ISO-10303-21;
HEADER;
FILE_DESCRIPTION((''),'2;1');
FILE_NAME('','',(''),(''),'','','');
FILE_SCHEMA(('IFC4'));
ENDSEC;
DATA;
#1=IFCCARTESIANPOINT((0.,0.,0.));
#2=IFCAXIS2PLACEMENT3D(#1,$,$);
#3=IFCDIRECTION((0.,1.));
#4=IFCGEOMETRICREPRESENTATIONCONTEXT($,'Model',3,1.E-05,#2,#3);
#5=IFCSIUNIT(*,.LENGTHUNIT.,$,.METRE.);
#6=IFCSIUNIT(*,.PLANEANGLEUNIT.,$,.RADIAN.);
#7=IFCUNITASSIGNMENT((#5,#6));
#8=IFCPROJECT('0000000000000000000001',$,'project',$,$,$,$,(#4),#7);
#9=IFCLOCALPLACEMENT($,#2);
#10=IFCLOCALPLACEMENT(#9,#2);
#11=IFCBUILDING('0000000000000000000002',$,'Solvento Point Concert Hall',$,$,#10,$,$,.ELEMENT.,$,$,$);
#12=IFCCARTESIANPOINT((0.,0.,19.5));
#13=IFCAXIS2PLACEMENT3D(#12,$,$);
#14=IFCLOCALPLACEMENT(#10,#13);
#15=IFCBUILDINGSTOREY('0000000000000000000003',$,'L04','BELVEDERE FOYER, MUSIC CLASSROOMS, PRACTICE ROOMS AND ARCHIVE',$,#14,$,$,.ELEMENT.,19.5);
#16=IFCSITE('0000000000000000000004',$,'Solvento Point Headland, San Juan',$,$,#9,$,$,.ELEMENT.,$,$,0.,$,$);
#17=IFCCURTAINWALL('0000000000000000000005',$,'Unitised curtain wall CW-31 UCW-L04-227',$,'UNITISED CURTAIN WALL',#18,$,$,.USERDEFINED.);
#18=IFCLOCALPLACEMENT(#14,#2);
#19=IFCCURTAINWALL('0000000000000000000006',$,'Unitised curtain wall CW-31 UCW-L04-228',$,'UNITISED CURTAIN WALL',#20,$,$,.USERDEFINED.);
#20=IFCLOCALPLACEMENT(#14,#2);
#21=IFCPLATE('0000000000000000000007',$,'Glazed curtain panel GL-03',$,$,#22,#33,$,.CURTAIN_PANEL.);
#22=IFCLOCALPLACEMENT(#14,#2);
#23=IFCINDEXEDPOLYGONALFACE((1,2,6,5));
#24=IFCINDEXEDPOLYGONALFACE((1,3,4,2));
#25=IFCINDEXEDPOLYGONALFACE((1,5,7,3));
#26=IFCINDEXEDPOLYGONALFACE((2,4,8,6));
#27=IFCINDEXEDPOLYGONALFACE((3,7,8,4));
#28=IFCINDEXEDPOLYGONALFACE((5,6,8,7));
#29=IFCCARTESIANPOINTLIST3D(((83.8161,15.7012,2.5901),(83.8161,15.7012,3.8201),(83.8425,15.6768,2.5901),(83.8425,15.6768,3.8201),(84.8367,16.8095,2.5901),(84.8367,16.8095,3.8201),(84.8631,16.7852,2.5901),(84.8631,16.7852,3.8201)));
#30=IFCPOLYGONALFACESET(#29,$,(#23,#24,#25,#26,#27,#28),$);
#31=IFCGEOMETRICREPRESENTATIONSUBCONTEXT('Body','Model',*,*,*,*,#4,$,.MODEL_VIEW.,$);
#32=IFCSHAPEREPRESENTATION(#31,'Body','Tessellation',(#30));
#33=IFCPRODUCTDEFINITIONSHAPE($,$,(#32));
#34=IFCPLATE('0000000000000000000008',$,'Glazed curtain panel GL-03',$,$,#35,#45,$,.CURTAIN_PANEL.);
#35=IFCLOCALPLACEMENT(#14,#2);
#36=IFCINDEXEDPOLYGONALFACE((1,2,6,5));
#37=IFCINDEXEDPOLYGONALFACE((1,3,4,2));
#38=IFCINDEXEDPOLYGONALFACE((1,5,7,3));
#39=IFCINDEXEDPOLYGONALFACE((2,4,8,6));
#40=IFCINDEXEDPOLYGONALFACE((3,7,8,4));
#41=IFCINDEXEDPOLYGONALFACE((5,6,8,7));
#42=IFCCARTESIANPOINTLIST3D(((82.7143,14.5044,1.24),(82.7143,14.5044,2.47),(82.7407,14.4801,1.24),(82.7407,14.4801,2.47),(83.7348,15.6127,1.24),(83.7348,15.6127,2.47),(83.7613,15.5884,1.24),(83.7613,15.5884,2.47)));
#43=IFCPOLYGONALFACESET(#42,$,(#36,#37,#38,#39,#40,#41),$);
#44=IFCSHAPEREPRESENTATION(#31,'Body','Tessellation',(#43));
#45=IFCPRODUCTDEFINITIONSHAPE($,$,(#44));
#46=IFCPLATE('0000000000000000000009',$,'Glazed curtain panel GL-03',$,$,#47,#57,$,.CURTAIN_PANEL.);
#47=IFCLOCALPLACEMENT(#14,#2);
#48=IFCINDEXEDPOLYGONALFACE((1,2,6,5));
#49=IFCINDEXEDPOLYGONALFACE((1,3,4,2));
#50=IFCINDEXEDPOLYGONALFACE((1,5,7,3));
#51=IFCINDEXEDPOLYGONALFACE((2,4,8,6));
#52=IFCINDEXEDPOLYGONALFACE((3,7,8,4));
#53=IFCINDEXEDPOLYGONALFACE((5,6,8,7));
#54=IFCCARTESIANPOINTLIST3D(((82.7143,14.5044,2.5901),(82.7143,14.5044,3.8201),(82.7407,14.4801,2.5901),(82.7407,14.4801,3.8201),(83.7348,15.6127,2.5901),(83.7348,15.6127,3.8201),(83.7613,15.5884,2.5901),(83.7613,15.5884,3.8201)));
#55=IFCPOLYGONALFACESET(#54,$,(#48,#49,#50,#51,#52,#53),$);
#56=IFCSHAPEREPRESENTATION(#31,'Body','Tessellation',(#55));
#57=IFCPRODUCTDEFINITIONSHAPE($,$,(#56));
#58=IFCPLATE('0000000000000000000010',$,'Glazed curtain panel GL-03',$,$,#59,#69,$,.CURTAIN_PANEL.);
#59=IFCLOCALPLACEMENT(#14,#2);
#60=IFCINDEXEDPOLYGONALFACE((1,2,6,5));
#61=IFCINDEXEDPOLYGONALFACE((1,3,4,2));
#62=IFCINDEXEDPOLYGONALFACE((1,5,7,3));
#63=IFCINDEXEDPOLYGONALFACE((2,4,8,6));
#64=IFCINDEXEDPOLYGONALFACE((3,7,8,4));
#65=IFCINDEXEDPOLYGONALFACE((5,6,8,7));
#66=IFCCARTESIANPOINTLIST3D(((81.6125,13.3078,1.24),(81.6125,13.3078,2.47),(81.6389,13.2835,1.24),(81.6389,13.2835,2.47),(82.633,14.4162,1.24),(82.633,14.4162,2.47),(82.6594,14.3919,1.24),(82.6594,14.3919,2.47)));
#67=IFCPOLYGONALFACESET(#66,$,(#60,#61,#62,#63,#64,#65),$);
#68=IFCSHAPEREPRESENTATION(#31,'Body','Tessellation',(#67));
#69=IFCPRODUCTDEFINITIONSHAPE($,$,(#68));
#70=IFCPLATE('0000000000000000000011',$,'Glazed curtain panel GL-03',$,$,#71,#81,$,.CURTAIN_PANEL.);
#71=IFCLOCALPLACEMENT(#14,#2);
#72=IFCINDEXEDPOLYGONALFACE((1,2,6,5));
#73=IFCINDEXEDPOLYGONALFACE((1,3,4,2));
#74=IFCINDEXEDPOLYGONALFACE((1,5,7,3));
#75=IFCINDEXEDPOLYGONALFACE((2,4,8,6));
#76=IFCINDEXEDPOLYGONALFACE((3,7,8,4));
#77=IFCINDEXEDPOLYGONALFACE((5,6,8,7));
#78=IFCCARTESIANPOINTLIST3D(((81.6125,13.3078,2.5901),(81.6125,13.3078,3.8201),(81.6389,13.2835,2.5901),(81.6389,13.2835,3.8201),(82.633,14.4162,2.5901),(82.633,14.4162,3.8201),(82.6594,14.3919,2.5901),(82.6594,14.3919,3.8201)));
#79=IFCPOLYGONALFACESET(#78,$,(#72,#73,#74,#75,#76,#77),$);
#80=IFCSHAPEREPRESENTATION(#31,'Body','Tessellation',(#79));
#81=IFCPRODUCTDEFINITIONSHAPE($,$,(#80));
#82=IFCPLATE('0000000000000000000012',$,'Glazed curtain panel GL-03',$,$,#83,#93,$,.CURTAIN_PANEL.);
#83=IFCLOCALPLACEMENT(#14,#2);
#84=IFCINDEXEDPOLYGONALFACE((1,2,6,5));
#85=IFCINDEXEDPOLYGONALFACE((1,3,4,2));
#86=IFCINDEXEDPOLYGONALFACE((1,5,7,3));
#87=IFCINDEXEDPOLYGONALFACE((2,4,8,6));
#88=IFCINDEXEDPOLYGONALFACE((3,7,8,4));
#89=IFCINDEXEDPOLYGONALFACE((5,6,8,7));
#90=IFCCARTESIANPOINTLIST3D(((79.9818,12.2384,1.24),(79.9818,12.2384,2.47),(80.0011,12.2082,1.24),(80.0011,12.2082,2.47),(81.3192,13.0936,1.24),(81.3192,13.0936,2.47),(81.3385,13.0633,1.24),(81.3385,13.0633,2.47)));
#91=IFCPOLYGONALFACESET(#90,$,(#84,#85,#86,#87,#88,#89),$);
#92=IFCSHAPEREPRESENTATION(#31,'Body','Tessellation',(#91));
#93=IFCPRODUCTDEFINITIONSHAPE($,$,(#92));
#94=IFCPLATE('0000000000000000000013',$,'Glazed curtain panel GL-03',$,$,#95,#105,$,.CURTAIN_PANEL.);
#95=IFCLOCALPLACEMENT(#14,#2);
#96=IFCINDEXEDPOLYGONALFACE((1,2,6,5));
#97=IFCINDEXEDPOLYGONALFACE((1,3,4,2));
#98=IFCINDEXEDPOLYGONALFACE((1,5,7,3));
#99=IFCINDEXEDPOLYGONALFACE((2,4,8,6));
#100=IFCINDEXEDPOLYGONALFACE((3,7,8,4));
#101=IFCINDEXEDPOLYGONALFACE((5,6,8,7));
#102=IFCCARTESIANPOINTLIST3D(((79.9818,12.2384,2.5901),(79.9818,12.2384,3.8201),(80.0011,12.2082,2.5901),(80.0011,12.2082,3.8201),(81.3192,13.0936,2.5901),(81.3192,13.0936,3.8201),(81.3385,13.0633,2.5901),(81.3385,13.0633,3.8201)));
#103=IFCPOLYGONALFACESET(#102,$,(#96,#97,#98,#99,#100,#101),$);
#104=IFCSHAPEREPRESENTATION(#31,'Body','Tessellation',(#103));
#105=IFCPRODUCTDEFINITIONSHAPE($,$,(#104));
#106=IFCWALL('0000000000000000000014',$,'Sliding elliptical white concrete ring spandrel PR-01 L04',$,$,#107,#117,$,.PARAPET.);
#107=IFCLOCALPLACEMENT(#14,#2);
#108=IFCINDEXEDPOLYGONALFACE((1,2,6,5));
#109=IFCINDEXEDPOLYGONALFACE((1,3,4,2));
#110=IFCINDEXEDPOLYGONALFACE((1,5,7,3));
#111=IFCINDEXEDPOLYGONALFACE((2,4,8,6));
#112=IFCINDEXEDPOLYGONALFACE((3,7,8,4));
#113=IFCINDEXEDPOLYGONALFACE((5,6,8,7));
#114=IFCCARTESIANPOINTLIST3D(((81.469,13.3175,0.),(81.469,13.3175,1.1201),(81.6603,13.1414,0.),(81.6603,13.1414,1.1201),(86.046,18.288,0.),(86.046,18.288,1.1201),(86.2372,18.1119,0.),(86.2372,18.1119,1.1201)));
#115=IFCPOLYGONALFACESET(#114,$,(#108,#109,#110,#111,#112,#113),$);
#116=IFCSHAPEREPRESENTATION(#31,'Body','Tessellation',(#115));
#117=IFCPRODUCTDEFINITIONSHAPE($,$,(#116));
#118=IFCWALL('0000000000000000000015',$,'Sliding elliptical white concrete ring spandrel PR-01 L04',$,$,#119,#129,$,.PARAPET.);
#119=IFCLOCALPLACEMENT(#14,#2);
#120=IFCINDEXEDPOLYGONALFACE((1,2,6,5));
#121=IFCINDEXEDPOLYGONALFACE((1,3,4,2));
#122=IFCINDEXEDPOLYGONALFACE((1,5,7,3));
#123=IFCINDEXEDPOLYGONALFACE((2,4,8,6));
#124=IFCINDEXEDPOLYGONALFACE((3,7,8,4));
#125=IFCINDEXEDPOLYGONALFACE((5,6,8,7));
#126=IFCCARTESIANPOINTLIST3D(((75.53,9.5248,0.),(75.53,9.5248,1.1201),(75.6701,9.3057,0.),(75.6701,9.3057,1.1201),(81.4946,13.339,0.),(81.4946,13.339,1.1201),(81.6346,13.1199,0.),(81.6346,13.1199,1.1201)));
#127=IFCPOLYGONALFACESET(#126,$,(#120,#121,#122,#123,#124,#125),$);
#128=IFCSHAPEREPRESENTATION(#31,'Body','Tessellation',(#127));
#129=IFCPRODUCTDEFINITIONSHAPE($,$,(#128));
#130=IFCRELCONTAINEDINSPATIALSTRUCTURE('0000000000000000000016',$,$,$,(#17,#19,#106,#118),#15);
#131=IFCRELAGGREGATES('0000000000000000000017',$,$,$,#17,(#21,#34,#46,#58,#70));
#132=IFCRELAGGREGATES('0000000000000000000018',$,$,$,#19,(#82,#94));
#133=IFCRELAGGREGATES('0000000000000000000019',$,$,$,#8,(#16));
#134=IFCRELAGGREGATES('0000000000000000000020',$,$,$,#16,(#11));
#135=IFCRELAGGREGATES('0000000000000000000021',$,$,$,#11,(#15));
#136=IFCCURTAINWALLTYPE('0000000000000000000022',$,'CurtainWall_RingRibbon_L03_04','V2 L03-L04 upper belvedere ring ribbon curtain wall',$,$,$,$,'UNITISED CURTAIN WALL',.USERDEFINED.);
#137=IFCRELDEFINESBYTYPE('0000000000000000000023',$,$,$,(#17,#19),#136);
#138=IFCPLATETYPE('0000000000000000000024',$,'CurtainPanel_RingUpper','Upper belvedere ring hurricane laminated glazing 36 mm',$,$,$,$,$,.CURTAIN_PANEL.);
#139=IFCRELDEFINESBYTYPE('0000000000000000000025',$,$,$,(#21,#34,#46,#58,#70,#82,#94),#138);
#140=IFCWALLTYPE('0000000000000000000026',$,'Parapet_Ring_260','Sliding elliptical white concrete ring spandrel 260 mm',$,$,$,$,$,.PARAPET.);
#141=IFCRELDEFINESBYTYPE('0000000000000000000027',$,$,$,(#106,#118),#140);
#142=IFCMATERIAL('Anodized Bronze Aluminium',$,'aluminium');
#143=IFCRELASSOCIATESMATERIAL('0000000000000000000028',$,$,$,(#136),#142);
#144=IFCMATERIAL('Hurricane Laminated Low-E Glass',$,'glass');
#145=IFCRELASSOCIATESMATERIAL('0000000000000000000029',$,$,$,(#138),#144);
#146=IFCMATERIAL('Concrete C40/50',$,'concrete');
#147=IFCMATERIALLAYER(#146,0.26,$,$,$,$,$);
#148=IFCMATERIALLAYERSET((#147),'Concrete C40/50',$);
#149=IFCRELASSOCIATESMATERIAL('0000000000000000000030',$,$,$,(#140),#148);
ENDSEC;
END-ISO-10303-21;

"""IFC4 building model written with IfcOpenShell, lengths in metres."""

from ifc_helpers import new_model, si_unit, direction, frame, frame_2d, origin, origin_2d, place, context, subcontext, project, spatial, rectangle, extrude, material, layer, layer_set, type_object, element, aggregate, save


model = new_model("IFC4")

# Units and contexts
model_context = context("Model", 3, precision=1e-05, world=origin(), true_north=direction((0.0, 1.0)))
body_context = subcontext(model_context, "Body", "Model", "MODEL_VIEW")
ifc_project = project(units=[si_unit("LENGTHUNIT", "METRE"), si_unit("PLANEANGLEUNIT", "RADIAN")], contexts=[model_context])

# Site, building, storey
site_placement = place(None, origin())
site = spatial("IfcSite", under=ifc_project, at=site_placement, Name="Solvento Point Headland, San Juan", CompositionType="ELEMENT", RefElevation=0.0)
building_placement = place(site_placement, origin())
building = spatial("IfcBuilding", under=site, at=building_placement, Name="Solvento Point Concert Hall", CompositionType="ELEMENT")
storey_placement = place(building_placement, frame((0.0, 0.0, 19.5)))
storey = spatial("IfcBuildingStorey", under=building, at=storey_placement, Name="L04", Description="BELVEDERE FOYER, MUSIC CLASSROOMS, PRACTICE ROOMS AND ARCHIVE", CompositionType="ELEMENT", Elevation=19.5)

# Curtain walls
ifc_material_1 = material(Name="Anodized Bronze Aluminium", Category="aluminium")
curtain_wall_type = type_object("IfcCurtainWallType", Name="CurtainWall_RingRibbon_L03_04", Description="V2 L03-L04 upper belvedere ring ribbon curtain wall", ElementType="UNITISED CURTAIN WALL", PredefinedType="USERDEFINED", material=ifc_material_1)
curtain_wall_1_placement = place(storey_placement, origin())
curtain_wall_1 = element("IfcCurtainWall", 1, at=curtain_wall_1_placement, inside=storey, type_object=curtain_wall_type, Name="Unitised curtain wall CW-31 UCW-L04-227", ObjectType="UNITISED CURTAIN WALL", PredefinedType="USERDEFINED")
curtain_wall_2_placement = place(storey_placement, origin())
curtain_wall_2 = element("IfcCurtainWall", 2, at=curtain_wall_2_placement, inside=storey, type_object=curtain_wall_type, Name="Unitised curtain wall CW-31 UCW-L04-228", ObjectType="UNITISED CURTAIN WALL", PredefinedType="USERDEFINED")

# Plates
ifc_material_2 = material(Name="Hurricane Laminated Low-E Glass", Category="glass")
plate_type = type_object("IfcPlateType", Name="CurtainPanel_RingUpper", Description="Upper belvedere ring hurricane laminated glazing 36 mm", PredefinedType="CURTAIN_PANEL", material=ifc_material_2)
plate_1_placement = place(storey_placement, frame((84.3396, 16.2432, 2.5901), z_axis=(0.0, 0.0, 1.0), x_axis=(-0.677365, -0.735647, 0.0)))
plate_1 = element("IfcPlate", 3, at=plate_1_placement, type_object=plate_type, Name="Glazed curtain panel GL-03", PredefinedType="CURTAIN_PANEL", context=body_context, shape_type="SweptSolid", body=[
    extrude(rectangle(XDim=1.5066, YDim=0.0359, at=origin_2d()), origin(), (0.0, 0.0, 1.0), 1.23),
])
plate_2_placement = place(storey_placement, frame((83.2378, 15.0464, 1.24), z_axis=(0.0, 0.0, 1.0), x_axis=(-0.677365, -0.735647, 0.0)))
plate_2 = element("IfcPlate", 4, at=plate_2_placement, type_object=plate_type, Name="Glazed curtain panel GL-03", PredefinedType="CURTAIN_PANEL", context=body_context, shape_type="SweptSolid", body=[
    extrude(rectangle(XDim=1.5066, YDim=0.0359, at=origin_2d()), origin(), (0.0, 0.0, 1.0), 1.23),
])
plate_3_placement = place(storey_placement, frame((83.2378, 15.0464, 2.5901), z_axis=(0.0, 0.0, 1.0), x_axis=(-0.677365, -0.735647, 0.0)))
plate_3 = element("IfcPlate", 5, at=plate_3_placement, type_object=plate_type, Name="Glazed curtain panel GL-03", PredefinedType="CURTAIN_PANEL", context=body_context, shape_type="SweptSolid", body=[
    extrude(rectangle(XDim=1.5066, YDim=0.0359, at=origin_2d()), origin(), (0.0, 0.0, 1.0), 1.23),
])
plate_4_placement = place(storey_placement, frame((82.136, 13.8499, 1.24), z_axis=(0.0, 0.0, 1.0), x_axis=(-0.677365, -0.735647, 0.0)))
plate_4 = element("IfcPlate", 6, at=plate_4_placement, type_object=plate_type, Name="Glazed curtain panel GL-03", PredefinedType="CURTAIN_PANEL", context=body_context, shape_type="SweptSolid", body=[
    extrude(rectangle(XDim=1.5066, YDim=0.0359, at=origin_2d()), origin(), (0.0, 0.0, 1.0), 1.23),
])
plate_5_placement = place(storey_placement, frame((82.136, 13.8499, 2.5901), z_axis=(0.0, 0.0, 1.0), x_axis=(-0.677365, -0.735647, 0.0)))
plate_5 = element("IfcPlate", 7, at=plate_5_placement, type_object=plate_type, Name="Glazed curtain panel GL-03", PredefinedType="CURTAIN_PANEL", context=body_context, shape_type="SweptSolid", body=[
    extrude(rectangle(XDim=1.5066, YDim=0.0359, at=origin_2d()), origin(), (0.0, 0.0, 1.0), 1.23),
])
aggregate(curtain_wall_1, [plate_1, plate_2, plate_3, plate_4, plate_5])
plate_6_placement = place(storey_placement, frame((80.6602, 12.6509, 1.24), z_axis=(0.0, 0.0, 1.0), x_axis=(-0.84249, -0.538712, 0.0)))
plate_6 = element("IfcPlate", 8, at=plate_6_placement, type_object=plate_type, Name="Glazed curtain panel GL-03", PredefinedType="CURTAIN_PANEL", context=body_context, shape_type="SweptSolid", body=[
    extrude(rectangle(XDim=1.5874, YDim=0.0359, at=origin_2d()), origin(), (0.0, 0.0, 1.0), 1.23),
])
plate_7_placement = place(storey_placement, frame((80.6602, 12.6509, 2.5901), z_axis=(0.0, 0.0, 1.0), x_axis=(-0.84249, -0.538712, 0.0)))
plate_7 = element("IfcPlate", 9, at=plate_7_placement, type_object=plate_type, Name="Glazed curtain panel GL-03", PredefinedType="CURTAIN_PANEL", context=body_context, shape_type="SweptSolid", body=[
    extrude(rectangle(XDim=1.5874, YDim=0.0359, at=origin_2d()), origin(), (0.0, 0.0, 1.0), 1.23),
])
aggregate(curtain_wall_2, [plate_6, plate_7])

# Walls
ifc_material_3 = material(Name="Concrete C40/50", Category="concrete")
ifc_layer = layer(ifc_material_3, 0.26)
ifc_layer_set = layer_set([ifc_layer], Name="Concrete C40/50")
wall_type = type_object("IfcWallType", Name="Parapet_Ring_260", Description="Sliding elliptical white concrete ring spandrel 260 mm", PredefinedType="PARAPET", material=ifc_layer_set)
wall_1_placement = place(storey_placement, frame((86.1416, 18.2, 0.0), z_axis=(0.0, 0.0, 1.0), x_axis=(-0.677384, -0.73563, 0.0)))
element("IfcWall", 10, at=wall_1_placement, inside=storey, type_object=wall_type, Name="Sliding elliptical white concrete ring spandrel PR-01 L04", PredefinedType="PARAPET", context=body_context, shape_type="SweptSolid", body=[
    extrude(rectangle(XDim=6.7568, YDim=0.26, at=frame_2d((3.3784, 0.0))), origin(), (0.0, 0.0, 1.0), 1.1201),
])
wall_2_placement = place(storey_placement, frame((81.5647, 13.2295, 0.0), z_axis=(0.0, 0.0, 1.0), x_axis=(-0.842472, -0.53874, 0.0)))
element("IfcWall", 11, at=wall_2_placement, inside=storey, type_object=wall_type, Name="Sliding elliptical white concrete ring spandrel PR-01 L04", PredefinedType="PARAPET", context=body_context, shape_type="SweptSolid", body=[
    extrude(rectangle(XDim=7.0798, YDim=0.26, at=frame_2d((3.54, 0.0))), origin(), (0.0, 0.0, 1.0), 1.1201),
])

save(model, "model.ifc")
